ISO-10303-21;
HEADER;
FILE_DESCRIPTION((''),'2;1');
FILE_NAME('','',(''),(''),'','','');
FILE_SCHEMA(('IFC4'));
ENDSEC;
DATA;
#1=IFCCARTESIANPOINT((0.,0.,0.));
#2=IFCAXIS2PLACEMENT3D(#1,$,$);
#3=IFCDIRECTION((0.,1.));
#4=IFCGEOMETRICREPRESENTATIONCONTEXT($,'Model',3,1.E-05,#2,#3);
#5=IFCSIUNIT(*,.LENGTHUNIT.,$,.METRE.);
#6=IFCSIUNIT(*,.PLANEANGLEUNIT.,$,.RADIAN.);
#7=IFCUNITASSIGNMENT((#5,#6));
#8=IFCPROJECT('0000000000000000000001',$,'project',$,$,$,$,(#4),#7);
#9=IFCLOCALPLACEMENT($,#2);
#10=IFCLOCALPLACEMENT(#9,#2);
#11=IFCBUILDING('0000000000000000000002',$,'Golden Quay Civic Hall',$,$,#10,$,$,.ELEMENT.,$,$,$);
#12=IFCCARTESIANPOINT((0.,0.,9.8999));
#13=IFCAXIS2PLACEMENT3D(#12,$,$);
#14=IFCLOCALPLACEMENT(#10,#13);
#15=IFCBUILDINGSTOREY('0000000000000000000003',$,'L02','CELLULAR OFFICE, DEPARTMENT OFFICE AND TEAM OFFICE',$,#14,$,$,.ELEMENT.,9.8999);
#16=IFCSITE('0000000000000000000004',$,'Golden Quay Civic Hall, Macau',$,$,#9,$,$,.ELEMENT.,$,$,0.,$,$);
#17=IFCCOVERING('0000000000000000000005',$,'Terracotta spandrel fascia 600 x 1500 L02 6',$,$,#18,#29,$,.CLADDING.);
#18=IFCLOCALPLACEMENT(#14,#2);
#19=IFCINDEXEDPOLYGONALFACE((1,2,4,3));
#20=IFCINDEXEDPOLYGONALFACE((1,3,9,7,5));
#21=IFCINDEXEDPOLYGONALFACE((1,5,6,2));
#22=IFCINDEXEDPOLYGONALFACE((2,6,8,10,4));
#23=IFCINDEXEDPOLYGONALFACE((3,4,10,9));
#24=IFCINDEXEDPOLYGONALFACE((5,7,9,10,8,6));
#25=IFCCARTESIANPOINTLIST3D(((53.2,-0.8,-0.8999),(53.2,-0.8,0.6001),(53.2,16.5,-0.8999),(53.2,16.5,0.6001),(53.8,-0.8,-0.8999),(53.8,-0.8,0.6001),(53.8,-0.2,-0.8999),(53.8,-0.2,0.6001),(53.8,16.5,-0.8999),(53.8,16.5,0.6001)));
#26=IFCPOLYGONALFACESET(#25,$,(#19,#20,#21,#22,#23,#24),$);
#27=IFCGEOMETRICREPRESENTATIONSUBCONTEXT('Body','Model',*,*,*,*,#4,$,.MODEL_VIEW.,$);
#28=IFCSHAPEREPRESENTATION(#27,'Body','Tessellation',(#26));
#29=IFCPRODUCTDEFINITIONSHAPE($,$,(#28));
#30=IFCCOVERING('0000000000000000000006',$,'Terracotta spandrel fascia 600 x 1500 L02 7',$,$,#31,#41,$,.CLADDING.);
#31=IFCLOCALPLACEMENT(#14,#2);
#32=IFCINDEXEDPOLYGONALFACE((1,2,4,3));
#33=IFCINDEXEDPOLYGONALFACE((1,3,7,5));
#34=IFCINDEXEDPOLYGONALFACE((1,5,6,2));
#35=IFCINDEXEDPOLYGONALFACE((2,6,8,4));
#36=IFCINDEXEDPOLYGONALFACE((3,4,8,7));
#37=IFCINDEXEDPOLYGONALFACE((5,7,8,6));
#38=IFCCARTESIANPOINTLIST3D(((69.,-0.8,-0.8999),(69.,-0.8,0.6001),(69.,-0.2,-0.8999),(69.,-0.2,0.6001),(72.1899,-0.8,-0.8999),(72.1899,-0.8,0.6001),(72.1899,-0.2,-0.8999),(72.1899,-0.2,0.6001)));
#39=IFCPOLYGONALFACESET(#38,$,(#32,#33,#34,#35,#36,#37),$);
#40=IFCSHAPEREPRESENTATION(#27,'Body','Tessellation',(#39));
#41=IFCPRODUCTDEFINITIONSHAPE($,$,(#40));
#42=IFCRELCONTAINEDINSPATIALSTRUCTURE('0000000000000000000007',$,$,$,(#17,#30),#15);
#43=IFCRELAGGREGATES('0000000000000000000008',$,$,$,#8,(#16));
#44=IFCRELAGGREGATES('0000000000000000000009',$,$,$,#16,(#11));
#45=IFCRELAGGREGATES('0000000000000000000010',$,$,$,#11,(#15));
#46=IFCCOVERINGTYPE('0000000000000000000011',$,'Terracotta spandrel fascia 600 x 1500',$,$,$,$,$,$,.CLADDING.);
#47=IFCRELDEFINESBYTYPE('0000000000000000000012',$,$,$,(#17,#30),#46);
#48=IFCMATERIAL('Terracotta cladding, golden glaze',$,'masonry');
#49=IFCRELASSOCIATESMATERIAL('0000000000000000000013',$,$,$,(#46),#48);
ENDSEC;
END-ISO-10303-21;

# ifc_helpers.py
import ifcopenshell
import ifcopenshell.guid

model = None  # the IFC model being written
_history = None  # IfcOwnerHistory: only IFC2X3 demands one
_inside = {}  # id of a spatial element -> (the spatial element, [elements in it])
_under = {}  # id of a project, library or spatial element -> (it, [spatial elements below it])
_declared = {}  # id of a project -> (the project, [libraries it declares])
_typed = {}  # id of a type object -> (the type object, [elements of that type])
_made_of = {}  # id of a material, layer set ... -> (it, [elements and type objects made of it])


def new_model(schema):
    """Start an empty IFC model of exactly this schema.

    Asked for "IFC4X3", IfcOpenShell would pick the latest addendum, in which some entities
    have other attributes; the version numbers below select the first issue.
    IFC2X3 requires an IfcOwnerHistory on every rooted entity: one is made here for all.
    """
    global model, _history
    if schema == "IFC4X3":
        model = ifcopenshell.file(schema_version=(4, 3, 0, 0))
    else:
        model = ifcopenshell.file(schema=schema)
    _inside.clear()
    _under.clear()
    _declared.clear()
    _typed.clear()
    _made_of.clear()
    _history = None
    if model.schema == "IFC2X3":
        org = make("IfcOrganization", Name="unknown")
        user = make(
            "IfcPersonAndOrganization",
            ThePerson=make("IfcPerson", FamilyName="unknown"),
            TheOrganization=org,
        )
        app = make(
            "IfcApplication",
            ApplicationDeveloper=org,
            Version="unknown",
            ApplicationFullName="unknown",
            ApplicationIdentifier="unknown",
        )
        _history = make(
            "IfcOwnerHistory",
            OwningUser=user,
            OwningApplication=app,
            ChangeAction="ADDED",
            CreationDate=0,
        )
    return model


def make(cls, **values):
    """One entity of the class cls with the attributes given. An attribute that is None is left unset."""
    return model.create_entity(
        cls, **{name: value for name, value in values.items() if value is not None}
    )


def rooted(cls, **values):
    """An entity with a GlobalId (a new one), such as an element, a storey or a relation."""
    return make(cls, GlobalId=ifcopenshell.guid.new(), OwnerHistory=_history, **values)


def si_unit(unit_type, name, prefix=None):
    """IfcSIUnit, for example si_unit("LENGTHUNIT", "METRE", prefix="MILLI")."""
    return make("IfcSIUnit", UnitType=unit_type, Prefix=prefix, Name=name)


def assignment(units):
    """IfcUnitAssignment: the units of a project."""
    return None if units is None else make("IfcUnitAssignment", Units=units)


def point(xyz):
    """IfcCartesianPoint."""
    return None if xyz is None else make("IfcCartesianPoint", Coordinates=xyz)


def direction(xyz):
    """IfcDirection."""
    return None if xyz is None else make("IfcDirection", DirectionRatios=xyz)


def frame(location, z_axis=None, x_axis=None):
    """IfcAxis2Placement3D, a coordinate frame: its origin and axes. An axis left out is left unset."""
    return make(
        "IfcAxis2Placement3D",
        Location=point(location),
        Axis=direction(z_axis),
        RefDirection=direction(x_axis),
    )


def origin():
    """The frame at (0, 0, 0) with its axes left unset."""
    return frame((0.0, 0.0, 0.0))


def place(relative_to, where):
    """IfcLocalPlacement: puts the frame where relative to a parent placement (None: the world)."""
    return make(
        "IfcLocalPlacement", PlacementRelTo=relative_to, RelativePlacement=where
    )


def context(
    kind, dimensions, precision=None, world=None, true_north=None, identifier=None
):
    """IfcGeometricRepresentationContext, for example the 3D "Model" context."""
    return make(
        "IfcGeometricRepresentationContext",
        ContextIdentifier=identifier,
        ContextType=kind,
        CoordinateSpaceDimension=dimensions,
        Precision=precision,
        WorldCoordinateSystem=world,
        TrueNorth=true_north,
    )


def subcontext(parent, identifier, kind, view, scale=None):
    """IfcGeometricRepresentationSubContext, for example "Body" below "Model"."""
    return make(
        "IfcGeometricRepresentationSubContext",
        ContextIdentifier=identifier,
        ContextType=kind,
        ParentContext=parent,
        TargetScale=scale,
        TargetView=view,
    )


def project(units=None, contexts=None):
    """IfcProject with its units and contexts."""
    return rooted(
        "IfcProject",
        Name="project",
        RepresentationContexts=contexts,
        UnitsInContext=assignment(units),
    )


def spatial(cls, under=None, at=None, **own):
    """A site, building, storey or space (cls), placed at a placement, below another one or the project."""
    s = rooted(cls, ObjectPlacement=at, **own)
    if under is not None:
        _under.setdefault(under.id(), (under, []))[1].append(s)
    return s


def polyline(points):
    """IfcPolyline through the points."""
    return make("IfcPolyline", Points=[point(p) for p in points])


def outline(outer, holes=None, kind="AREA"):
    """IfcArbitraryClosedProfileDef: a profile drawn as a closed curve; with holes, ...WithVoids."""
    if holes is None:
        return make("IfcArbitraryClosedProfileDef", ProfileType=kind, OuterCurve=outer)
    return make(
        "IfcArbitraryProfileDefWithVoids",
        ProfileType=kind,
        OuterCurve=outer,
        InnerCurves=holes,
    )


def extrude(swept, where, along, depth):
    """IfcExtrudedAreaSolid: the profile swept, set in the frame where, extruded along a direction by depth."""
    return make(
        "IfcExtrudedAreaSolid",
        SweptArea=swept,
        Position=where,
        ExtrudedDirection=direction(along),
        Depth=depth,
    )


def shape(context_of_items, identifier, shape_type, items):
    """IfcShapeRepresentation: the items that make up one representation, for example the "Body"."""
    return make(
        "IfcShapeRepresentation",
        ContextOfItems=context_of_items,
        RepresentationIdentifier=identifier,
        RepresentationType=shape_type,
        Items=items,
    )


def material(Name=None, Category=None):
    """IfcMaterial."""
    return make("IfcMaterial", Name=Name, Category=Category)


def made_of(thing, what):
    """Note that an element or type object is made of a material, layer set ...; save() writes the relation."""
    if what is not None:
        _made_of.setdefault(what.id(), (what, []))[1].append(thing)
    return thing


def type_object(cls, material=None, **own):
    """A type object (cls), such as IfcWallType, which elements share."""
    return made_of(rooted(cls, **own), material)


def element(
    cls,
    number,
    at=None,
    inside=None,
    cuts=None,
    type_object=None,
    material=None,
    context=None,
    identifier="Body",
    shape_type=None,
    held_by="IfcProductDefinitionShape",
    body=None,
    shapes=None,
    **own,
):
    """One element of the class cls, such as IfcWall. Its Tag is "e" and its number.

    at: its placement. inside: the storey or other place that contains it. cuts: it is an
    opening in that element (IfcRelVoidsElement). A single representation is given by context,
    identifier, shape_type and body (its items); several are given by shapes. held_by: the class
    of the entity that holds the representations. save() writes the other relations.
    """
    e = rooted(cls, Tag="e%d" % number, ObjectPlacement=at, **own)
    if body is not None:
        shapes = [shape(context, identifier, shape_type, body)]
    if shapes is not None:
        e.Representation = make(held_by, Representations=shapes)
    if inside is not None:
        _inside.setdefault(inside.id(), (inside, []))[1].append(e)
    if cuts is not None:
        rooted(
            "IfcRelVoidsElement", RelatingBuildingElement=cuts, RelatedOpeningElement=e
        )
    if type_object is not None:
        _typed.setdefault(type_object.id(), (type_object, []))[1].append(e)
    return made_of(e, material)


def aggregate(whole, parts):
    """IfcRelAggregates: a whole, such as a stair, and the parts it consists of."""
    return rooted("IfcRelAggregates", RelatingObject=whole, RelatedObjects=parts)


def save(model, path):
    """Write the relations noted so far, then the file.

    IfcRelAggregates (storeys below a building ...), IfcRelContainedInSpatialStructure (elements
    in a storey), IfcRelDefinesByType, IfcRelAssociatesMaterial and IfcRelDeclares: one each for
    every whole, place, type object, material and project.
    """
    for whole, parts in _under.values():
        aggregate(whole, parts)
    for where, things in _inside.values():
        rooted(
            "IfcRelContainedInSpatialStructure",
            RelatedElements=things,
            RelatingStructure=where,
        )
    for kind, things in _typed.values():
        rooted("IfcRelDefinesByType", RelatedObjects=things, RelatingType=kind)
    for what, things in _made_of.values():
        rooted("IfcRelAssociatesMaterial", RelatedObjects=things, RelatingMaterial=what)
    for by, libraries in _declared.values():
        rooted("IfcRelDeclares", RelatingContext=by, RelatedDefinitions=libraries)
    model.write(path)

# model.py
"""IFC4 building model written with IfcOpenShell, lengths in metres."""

from ifc_helpers import new_model, si_unit, direction, frame, origin, place, context, subcontext, project, spatial, polyline, outline, extrude, material, type_object, element, save


model = new_model("IFC4")

# Units and contexts
model_context = context("Model", 3, precision=1e-05, world=origin(), true_north=direction((0.0, 1.0)))
body_context = subcontext(model_context, "Body", "Model", "MODEL_VIEW")
ifc_project = project(units=[si_unit("LENGTHUNIT", "METRE"), si_unit("PLANEANGLEUNIT", "RADIAN")], contexts=[model_context])

# Site, building, storey
site_placement = place(None, origin())
site = spatial("IfcSite", under=ifc_project, at=site_placement, Name="Golden Quay Civic Hall, Macau", CompositionType="ELEMENT", RefElevation=0.0)
building_placement = place(site_placement, origin())
building = spatial("IfcBuilding", under=site, at=building_placement, Name="Golden Quay Civic Hall", CompositionType="ELEMENT")
storey_placement = place(building_placement, frame((0.0, 0.0, 9.8999)))
storey = spatial("IfcBuildingStorey", under=building, at=storey_placement, Name="L02", Description="CELLULAR OFFICE, DEPARTMENT OFFICE AND TEAM OFFICE", CompositionType="ELEMENT", Elevation=9.8999)

# Coverings
ifc_material_1 = material(Name="Terracotta cladding, golden glaze", Category="masonry")
covering_type_1 = type_object("IfcCoveringType", Name="Terracotta spandrel fascia 600 x 1500", PredefinedType="CLADDING", material=ifc_material_1)
covering_1_placement = place(storey_placement, frame((0.0, 0.0, -0.8999)))
element("IfcCovering", 1, at=covering_1_placement, inside=storey, type_object=covering_type_1, Name="Terracotta spandrel fascia 600 x 1500 L02 6", PredefinedType="CLADDING", context=body_context, shape_type="SweptSolid", body=[
    extrude(outline(polyline([(53.8, -0.8), (53.2, -0.8), (53.2, 16.5), (53.8, 16.5), (53.8, -0.2), (53.8, -0.8)])), origin(), (0.0, 0.0, 1.0), 1.5),
])
covering_2_placement = place(storey_placement, frame((0.0, 0.0, -0.8999)))
element("IfcCovering", 2, at=covering_2_placement, inside=storey, type_object=covering_type_1, Name="Terracotta spandrel fascia 600 x 1500 L02 7", PredefinedType="CLADDING", context=body_context, shape_type="SweptSolid", body=[
    extrude(outline(polyline([(72.1899, -0.8), (69.0, -0.8), (69.0, -0.2), (72.1899, -0.2), (72.1899, -0.8)])), origin(), (0.0, 0.0, 1.0), 1.5),
])

save(model, "model.ifc")
